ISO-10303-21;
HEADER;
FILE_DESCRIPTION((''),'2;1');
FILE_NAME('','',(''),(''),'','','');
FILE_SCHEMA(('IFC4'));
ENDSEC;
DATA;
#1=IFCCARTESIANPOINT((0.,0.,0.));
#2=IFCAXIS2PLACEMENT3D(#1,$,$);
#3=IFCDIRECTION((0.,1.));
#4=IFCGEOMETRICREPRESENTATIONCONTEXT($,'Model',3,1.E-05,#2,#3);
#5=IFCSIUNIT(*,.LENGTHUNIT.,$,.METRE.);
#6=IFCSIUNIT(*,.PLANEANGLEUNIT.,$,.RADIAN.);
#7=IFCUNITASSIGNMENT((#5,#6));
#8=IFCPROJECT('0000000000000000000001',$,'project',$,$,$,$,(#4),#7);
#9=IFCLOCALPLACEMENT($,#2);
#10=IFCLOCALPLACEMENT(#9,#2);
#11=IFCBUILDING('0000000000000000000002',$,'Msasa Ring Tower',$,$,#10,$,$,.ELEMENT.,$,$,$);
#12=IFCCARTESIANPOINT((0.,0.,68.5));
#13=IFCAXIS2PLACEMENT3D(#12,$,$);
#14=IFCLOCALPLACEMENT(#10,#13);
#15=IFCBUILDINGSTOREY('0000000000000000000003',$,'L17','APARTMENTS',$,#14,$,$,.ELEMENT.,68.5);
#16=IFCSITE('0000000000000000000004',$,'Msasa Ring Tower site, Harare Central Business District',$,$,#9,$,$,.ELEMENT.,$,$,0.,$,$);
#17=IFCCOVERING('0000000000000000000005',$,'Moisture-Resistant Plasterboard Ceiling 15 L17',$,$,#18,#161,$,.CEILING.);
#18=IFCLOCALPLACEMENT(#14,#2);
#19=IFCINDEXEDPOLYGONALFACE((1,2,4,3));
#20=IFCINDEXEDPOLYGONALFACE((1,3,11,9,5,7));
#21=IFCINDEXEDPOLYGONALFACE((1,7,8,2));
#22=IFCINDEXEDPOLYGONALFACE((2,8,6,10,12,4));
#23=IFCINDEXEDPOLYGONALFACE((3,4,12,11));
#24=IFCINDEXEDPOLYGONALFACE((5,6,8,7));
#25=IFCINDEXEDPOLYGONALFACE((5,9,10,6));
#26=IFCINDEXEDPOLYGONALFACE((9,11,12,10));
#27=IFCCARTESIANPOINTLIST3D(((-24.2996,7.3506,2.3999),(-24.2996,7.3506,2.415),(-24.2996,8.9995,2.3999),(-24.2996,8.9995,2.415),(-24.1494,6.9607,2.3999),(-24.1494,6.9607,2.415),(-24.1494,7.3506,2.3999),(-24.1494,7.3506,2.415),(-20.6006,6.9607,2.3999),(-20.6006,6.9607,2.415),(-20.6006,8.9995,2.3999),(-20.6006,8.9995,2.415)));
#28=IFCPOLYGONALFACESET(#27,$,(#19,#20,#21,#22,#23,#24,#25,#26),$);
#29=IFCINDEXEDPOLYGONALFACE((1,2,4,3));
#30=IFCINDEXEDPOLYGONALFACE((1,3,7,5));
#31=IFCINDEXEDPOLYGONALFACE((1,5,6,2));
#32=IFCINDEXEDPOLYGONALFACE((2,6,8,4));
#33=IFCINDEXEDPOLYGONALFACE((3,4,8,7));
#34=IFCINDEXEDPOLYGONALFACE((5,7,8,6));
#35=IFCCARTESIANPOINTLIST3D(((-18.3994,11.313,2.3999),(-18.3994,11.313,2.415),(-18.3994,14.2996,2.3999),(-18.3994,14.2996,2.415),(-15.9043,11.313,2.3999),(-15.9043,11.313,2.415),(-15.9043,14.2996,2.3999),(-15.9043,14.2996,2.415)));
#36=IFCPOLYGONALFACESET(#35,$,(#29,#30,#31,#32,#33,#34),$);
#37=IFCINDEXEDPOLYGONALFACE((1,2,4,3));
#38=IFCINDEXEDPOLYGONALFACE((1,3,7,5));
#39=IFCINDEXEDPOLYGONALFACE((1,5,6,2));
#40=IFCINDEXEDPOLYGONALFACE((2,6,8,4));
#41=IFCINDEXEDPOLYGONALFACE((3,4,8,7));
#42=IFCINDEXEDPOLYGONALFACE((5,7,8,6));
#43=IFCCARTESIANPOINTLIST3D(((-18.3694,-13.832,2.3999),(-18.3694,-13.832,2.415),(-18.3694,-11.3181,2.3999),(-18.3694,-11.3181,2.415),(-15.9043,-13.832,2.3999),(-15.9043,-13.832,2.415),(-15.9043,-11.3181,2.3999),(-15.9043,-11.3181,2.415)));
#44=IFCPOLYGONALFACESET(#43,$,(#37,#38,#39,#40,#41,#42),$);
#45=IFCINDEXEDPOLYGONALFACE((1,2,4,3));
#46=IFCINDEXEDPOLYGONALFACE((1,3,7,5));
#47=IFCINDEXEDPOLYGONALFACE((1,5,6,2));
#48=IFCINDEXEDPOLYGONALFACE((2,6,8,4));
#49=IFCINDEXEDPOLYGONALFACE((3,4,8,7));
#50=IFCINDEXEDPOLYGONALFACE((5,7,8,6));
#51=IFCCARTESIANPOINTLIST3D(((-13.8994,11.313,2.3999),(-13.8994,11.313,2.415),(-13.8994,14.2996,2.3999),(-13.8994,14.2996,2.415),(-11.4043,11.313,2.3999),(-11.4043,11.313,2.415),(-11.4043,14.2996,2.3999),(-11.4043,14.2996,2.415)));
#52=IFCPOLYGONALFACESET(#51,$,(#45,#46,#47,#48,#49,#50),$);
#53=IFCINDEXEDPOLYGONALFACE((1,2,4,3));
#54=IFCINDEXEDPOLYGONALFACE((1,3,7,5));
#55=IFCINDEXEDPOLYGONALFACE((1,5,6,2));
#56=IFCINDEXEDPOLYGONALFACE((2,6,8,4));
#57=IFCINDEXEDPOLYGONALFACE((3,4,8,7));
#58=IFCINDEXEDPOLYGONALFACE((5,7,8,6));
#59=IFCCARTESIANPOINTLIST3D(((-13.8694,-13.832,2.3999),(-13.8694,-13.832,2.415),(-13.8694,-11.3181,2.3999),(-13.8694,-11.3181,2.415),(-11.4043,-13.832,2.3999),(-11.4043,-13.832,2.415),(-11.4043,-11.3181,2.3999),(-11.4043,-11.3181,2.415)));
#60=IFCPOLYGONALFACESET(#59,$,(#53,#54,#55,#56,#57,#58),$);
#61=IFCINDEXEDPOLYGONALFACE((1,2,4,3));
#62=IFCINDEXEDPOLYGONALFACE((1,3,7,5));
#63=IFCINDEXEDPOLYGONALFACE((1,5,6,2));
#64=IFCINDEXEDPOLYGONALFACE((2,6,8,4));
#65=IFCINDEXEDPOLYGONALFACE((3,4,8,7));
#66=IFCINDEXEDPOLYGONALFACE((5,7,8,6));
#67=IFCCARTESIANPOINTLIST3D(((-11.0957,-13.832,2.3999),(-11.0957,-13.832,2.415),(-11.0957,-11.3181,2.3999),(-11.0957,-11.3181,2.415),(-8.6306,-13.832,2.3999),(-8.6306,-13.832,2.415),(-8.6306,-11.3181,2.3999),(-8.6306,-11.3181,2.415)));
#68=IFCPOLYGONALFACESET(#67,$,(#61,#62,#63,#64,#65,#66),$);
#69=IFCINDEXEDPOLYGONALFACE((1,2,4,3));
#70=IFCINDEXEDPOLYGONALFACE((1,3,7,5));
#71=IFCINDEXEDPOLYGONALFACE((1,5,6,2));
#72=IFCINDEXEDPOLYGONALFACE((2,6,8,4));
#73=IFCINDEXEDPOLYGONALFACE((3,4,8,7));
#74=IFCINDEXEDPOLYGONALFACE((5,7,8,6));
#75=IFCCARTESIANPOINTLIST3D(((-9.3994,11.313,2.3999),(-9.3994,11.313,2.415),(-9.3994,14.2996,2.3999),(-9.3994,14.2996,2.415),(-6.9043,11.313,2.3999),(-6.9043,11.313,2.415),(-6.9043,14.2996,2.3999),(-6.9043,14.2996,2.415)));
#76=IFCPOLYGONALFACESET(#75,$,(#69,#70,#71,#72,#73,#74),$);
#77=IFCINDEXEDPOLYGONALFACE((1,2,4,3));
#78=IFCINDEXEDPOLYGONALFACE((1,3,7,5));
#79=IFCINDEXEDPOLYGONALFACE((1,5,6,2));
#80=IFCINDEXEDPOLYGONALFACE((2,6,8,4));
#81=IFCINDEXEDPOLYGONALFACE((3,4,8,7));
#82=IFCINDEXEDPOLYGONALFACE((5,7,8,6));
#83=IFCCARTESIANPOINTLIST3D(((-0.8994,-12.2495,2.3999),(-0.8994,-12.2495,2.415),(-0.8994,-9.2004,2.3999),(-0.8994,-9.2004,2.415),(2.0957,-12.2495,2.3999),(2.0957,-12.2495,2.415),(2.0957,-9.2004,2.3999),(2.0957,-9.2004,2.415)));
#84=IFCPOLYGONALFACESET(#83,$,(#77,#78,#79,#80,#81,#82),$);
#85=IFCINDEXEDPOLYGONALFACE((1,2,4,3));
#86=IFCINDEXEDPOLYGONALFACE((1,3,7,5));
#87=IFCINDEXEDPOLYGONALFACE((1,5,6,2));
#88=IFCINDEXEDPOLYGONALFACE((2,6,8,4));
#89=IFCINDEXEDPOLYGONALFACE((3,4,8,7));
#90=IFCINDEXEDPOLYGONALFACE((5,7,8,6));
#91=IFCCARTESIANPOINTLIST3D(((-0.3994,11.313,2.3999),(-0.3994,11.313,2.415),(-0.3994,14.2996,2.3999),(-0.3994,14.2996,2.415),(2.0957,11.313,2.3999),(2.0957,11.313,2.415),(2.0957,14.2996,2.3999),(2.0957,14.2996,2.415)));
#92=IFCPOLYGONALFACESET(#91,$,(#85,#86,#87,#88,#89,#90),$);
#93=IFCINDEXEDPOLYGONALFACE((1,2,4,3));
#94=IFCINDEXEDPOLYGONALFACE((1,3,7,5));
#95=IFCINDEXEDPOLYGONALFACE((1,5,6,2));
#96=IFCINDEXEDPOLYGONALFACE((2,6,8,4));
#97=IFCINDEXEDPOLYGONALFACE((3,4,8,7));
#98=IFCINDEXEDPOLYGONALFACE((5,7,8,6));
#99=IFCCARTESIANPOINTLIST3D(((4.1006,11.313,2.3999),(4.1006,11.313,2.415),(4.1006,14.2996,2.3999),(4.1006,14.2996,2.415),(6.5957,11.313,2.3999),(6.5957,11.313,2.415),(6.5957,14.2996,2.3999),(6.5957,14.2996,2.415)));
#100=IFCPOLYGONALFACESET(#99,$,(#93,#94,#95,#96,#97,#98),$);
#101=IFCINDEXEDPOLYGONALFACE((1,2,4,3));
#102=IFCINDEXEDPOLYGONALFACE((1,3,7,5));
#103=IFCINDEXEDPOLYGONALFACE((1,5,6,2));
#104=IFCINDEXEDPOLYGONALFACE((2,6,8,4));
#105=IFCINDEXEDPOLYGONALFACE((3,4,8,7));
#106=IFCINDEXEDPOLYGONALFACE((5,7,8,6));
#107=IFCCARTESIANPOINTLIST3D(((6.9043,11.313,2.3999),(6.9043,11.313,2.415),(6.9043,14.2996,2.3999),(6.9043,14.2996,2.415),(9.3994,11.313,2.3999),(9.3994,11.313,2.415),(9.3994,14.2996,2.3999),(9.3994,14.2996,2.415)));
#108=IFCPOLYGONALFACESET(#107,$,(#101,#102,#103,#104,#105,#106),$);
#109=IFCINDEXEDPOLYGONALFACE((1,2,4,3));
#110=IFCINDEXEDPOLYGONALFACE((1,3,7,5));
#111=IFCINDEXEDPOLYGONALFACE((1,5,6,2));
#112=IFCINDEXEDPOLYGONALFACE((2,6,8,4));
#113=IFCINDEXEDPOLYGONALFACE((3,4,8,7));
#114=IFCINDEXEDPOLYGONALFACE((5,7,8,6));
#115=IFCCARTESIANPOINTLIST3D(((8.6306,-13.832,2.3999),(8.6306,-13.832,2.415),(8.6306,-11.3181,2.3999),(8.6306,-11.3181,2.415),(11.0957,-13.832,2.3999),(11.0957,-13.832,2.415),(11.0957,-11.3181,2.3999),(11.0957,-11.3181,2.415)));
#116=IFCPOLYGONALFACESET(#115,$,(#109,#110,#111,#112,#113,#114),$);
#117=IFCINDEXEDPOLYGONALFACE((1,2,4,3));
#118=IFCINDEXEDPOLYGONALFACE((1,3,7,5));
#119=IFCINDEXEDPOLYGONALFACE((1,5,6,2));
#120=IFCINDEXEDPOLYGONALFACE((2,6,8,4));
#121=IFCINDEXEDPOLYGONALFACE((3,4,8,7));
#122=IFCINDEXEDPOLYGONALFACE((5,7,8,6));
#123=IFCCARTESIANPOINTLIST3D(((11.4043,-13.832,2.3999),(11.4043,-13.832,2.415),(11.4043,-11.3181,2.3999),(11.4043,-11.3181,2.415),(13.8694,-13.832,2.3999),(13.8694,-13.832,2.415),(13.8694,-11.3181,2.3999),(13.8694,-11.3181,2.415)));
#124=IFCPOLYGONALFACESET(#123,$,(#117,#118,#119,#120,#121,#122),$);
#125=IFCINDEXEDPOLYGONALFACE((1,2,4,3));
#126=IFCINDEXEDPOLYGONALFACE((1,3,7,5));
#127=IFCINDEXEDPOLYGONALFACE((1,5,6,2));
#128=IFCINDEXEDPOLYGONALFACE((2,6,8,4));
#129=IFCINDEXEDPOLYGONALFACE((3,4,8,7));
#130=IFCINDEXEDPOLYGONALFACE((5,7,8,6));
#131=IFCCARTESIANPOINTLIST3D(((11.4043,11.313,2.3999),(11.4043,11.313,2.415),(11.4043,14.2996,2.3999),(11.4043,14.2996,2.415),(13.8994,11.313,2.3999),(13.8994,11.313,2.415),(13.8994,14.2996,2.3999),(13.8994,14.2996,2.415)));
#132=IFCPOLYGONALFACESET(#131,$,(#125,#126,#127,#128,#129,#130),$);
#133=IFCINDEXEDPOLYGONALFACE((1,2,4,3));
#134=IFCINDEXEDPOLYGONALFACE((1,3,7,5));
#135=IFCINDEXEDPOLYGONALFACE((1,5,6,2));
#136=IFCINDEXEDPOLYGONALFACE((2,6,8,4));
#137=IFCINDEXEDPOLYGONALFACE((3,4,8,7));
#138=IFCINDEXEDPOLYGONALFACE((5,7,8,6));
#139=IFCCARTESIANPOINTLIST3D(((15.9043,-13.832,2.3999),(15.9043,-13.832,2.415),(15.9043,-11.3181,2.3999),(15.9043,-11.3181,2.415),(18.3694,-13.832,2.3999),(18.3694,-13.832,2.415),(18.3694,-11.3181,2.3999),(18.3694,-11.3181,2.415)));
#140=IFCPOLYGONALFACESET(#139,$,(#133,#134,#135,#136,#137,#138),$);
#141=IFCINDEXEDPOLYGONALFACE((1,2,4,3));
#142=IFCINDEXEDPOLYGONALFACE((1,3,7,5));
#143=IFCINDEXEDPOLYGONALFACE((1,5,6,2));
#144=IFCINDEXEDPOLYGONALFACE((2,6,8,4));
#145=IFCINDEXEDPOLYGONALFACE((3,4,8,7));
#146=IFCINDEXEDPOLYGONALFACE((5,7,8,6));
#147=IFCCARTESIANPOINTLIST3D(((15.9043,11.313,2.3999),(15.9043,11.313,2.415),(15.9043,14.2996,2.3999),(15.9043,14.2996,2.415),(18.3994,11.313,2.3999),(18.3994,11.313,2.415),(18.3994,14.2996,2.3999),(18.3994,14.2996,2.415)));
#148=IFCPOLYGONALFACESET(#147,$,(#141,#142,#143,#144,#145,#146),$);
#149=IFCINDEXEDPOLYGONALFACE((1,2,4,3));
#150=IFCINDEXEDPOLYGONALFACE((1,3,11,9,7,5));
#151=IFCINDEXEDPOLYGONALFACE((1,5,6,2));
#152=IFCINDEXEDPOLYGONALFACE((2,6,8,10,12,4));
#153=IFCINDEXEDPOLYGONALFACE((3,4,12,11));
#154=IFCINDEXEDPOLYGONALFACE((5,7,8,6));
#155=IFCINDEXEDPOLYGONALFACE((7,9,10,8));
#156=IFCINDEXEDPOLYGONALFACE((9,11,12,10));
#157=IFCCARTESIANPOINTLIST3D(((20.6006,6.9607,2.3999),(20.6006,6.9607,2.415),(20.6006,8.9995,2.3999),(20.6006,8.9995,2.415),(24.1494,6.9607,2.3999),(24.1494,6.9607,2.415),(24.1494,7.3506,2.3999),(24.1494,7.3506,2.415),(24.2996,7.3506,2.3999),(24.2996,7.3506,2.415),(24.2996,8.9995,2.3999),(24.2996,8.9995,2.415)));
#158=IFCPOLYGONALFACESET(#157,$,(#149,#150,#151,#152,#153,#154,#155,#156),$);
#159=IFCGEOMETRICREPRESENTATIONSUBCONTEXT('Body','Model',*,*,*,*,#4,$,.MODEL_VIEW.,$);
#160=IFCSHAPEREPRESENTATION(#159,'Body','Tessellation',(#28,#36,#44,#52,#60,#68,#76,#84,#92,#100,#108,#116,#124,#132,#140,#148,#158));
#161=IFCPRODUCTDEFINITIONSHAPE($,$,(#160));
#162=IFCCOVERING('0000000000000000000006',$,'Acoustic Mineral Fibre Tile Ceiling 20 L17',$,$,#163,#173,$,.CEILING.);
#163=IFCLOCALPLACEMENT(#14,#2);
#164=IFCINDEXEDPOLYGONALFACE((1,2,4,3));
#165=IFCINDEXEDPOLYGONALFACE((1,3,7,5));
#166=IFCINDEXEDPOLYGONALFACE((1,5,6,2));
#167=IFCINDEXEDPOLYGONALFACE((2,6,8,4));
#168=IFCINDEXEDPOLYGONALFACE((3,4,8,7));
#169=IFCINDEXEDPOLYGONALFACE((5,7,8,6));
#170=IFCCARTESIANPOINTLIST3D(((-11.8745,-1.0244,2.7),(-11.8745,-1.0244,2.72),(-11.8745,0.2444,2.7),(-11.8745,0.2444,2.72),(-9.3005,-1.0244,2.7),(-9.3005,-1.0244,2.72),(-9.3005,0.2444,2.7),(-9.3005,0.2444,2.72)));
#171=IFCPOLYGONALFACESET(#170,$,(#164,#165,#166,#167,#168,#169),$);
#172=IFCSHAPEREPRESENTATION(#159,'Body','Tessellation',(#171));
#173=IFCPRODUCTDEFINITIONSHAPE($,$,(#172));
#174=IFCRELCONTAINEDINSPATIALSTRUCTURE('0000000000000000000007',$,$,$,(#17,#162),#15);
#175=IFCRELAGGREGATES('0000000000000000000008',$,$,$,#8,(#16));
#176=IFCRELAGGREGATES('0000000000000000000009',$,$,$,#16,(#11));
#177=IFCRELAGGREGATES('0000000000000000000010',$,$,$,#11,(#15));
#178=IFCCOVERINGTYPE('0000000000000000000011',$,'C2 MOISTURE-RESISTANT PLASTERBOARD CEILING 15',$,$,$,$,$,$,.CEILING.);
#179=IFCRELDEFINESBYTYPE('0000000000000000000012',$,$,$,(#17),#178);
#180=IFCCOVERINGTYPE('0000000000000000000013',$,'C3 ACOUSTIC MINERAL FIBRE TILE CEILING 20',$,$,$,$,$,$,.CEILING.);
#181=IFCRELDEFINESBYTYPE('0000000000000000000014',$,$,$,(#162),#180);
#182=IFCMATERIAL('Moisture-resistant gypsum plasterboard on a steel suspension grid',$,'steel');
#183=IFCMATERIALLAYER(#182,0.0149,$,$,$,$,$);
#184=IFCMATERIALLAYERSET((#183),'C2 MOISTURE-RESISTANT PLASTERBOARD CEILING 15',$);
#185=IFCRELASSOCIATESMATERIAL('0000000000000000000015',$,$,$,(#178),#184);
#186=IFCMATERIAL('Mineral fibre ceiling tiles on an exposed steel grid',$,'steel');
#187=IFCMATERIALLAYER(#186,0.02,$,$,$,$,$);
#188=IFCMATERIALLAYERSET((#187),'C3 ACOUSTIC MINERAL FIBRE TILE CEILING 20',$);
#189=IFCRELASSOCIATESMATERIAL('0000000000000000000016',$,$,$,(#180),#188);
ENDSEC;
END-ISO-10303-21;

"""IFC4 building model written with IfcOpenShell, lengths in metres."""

from ifc_helpers import new_model, si_unit, direction, frame, origin, place, context, subcontext, project, spatial, line, indexed_curve, outline, extrude, material, layer, layer_set, type_object, element, save


model = new_model("IFC4")

# Units and contexts
model_context = context("Model", 3, precision=1e-05, world=origin(), true_north=direction((0.0, 1.0)))
body_context = subcontext(model_context, "Body", "Model", "MODEL_VIEW")
ifc_project = project(units=[si_unit("LENGTHUNIT", "METRE"), si_unit("PLANEANGLEUNIT", "RADIAN")], contexts=[model_context])

# Site, building, storey
site_placement = place(None, origin())
site = spatial("IfcSite", under=ifc_project, at=site_placement, Name="Msasa Ring Tower site, Harare Central Business District", CompositionType="ELEMENT", RefElevation=0.0)
building_placement = place(site_placement, origin())
building = spatial("IfcBuilding", under=site, at=building_placement, Name="Msasa Ring Tower", CompositionType="ELEMENT")
storey_placement = place(building_placement, frame((0.0, 0.0, 68.5)))
storey = spatial("IfcBuildingStorey", under=building, at=storey_placement, Name="L17", Description="APARTMENTS", CompositionType="ELEMENT", Elevation=68.5)

# Coverings
ifc_material_1 = material(Name="Moisture-resistant gypsum plasterboard on a steel suspension grid", Category="steel")
ifc_layer_1 = layer(ifc_material_1, 0.0149)
ifc_layer_set_1 = layer_set([ifc_layer_1], Name="C2 MOISTURE-RESISTANT PLASTERBOARD CEILING 15")
covering_type_1 = type_object("IfcCoveringType", Name="C2 MOISTURE-RESISTANT PLASTERBOARD CEILING 15", PredefinedType="CEILING", material=ifc_layer_set_1)
covering_1_placement = place(storey_placement, frame((0.0, 0.0, 2.3999)))
element("IfcCovering", 1, at=covering_1_placement, inside=storey, type_object=covering_type_1, Name="Moisture-Resistant Plasterboard Ceiling 15 L17", PredefinedType="CEILING", context=body_context, shape_type="SweptSolid", body=[
    extrude(outline(indexed_curve([(-20.6006, 6.9607), (-24.1494, 6.9607), (-24.1494, 7.3506), (-24.2996, 7.3506), (-24.2996, 8.9995), (-20.6006, 8.9995)], segments=[line(1, 2, 3, 4, 5, 6, 1)], self_intersect=False)), origin(), (0.0, 0.0, 1.0), 0.0151),
    extrude(outline(indexed_curve([(-18.3994, 14.2996), (-15.9043, 14.2996), (-15.9043, 11.313), (-18.3994, 11.313)], segments=[line(1, 2, 3, 4, 1)], self_intersect=False)), origin(), (0.0, 0.0, 1.0), 0.0151),
    extrude(outline(indexed_curve([(-18.3694, -11.3181), (-15.9043, -11.3181), (-15.9043, -13.832), (-18.3694, -13.832)], segments=[line(1, 2, 3, 4, 1)], self_intersect=False)), origin(), (0.0, 0.0, 1.0), 0.0151),
    extrude(outline(indexed_curve([(-13.8994, 14.2996), (-11.4043, 14.2996), (-11.4043, 11.313), (-13.8994, 11.313)], segments=[line(1, 2, 3, 4, 1)], self_intersect=False)), origin(), (0.0, 0.0, 1.0), 0.0151),
    extrude(outline(indexed_curve([(-13.8694, -11.3181), (-11.4043, -11.3181), (-11.4043, -13.832), (-13.8694, -13.832)], segments=[line(1, 2, 3, 4, 1)], self_intersect=False)), origin(), (0.0, 0.0, 1.0), 0.0151),
    extrude(outline(indexed_curve([(-8.6306, -11.3181), (-8.6306, -13.832), (-11.0957, -13.832), (-11.0957, -11.3181)], segments=[line(1, 2, 3, 4, 1)], self_intersect=False)), origin(), (0.0, 0.0, 1.0), 0.0151),
    extrude(outline(indexed_curve([(-9.3994, 14.2996), (-6.9043, 14.2996), (-6.9043, 11.313), (-9.3994, 11.313)], segments=[line(1, 2, 3, 4, 1)], self_intersect=False)), origin(), (0.0, 0.0, 1.0), 0.0151),
    extrude(outline(indexed_curve([(-0.8994, -9.2004), (2.0957, -9.2004), (2.0957, -12.2495), (-0.8994, -12.2495)], segments=[line(1, 2, 3, 4, 1)], self_intersect=False)), origin(), (0.0, 0.0, 1.0), 0.0151),
    extrude(outline(indexed_curve([(-0.3994, 14.2996), (2.0957, 14.2996), (2.0957, 11.313), (-0.3994, 11.313)], segments=[line(1, 2, 3, 4, 1)], self_intersect=False)), origin(), (0.0, 0.0, 1.0), 0.0151),
    extrude(outline(indexed_curve([(4.1006, 14.2996), (6.5957, 14.2996), (6.5957, 11.313), (4.1006, 11.313)], segments=[line(1, 2, 3, 4, 1)], self_intersect=False)), origin(), (0.0, 0.0, 1.0), 0.0151),
    extrude(outline(indexed_curve([(9.3994, 14.2996), (9.3994, 11.313), (6.9043, 11.313), (6.9043, 14.2996)], segments=[line(1, 2, 3, 4, 1)], self_intersect=False)), origin(), (0.0, 0.0, 1.0), 0.0151),
    extrude(outline(indexed_curve([(8.6306, -11.3181), (11.0957, -11.3181), (11.0957, -13.832), (8.6306, -13.832)], segments=[line(1, 2, 3, 4, 1)], self_intersect=False)), origin(), (0.0, 0.0, 1.0), 0.0151),
    extrude(outline(indexed_curve([(13.8694, -11.3181), (13.8694, -13.832), (11.4043, -13.832), (11.4043, -11.3181)], segments=[line(1, 2, 3, 4, 1)], self_intersect=False)), origin(), (0.0, 0.0, 1.0), 0.0151),
    extrude(outline(indexed_curve([(13.8994, 14.2996), (13.8994, 11.313), (11.4043, 11.313), (11.4043, 14.2996)], segments=[line(1, 2, 3, 4, 1)], self_intersect=False)), origin(), (0.0, 0.0, 1.0), 0.0151),
    extrude(outline(indexed_curve([(18.3694, -11.3181), (18.3694, -13.832), (15.9043, -13.832), (15.9043, -11.3181)], segments=[line(1, 2, 3, 4, 1)], self_intersect=False)), origin(), (0.0, 0.0, 1.0), 0.0151),
    extrude(outline(indexed_curve([(18.3994, 14.2996), (18.3994, 11.313), (15.9043, 11.313), (15.9043, 14.2996)], segments=[line(1, 2, 3, 4, 1)], self_intersect=False)), origin(), (0.0, 0.0, 1.0), 0.0151),
    extrude(outline(indexed_curve([(20.6006, 8.9995), (24.2996, 8.9995), (24.2996, 7.3506), (24.1494, 7.3506), (24.1494, 6.9607), (20.6006, 6.9607)], segments=[line(1, 2, 3, 4, 5, 6, 1)], self_intersect=False)), origin(), (0.0, 0.0, 1.0), 0.0151),
])
ifc_material_2 = material(Name="Mineral fibre ceiling tiles on an exposed steel grid", Category="steel")
ifc_layer_2 = layer(ifc_material_2, 0.02)
ifc_layer_set_2 = layer_set([ifc_layer_2], Name="C3 ACOUSTIC MINERAL FIBRE TILE CEILING 20")
covering_type_2 = type_object("IfcCoveringType", Name="C3 ACOUSTIC MINERAL FIBRE TILE CEILING 20", PredefinedType="CEILING", material=ifc_layer_set_2)
covering_2_placement = place(storey_placement, frame((0.0, 0.0, 2.7)))
element("IfcCovering", 2, at=covering_2_placement, inside=storey, type_object=covering_type_2, Name="Acoustic Mineral Fibre Tile Ceiling 20 L17", PredefinedType="CEILING", context=body_context, shape_type="SweptSolid", body=[
    extrude(outline(indexed_curve([(-11.8745, 0.2444), (-9.3005, 0.2444), (-9.3005, -1.0244), (-11.8745, -1.0244)], segments=[line(1, 2, 3, 4, 1)], self_intersect=False)), origin(), (0.0, 0.0, 1.0), 0.02),
])

save(model, "model.ifc")
